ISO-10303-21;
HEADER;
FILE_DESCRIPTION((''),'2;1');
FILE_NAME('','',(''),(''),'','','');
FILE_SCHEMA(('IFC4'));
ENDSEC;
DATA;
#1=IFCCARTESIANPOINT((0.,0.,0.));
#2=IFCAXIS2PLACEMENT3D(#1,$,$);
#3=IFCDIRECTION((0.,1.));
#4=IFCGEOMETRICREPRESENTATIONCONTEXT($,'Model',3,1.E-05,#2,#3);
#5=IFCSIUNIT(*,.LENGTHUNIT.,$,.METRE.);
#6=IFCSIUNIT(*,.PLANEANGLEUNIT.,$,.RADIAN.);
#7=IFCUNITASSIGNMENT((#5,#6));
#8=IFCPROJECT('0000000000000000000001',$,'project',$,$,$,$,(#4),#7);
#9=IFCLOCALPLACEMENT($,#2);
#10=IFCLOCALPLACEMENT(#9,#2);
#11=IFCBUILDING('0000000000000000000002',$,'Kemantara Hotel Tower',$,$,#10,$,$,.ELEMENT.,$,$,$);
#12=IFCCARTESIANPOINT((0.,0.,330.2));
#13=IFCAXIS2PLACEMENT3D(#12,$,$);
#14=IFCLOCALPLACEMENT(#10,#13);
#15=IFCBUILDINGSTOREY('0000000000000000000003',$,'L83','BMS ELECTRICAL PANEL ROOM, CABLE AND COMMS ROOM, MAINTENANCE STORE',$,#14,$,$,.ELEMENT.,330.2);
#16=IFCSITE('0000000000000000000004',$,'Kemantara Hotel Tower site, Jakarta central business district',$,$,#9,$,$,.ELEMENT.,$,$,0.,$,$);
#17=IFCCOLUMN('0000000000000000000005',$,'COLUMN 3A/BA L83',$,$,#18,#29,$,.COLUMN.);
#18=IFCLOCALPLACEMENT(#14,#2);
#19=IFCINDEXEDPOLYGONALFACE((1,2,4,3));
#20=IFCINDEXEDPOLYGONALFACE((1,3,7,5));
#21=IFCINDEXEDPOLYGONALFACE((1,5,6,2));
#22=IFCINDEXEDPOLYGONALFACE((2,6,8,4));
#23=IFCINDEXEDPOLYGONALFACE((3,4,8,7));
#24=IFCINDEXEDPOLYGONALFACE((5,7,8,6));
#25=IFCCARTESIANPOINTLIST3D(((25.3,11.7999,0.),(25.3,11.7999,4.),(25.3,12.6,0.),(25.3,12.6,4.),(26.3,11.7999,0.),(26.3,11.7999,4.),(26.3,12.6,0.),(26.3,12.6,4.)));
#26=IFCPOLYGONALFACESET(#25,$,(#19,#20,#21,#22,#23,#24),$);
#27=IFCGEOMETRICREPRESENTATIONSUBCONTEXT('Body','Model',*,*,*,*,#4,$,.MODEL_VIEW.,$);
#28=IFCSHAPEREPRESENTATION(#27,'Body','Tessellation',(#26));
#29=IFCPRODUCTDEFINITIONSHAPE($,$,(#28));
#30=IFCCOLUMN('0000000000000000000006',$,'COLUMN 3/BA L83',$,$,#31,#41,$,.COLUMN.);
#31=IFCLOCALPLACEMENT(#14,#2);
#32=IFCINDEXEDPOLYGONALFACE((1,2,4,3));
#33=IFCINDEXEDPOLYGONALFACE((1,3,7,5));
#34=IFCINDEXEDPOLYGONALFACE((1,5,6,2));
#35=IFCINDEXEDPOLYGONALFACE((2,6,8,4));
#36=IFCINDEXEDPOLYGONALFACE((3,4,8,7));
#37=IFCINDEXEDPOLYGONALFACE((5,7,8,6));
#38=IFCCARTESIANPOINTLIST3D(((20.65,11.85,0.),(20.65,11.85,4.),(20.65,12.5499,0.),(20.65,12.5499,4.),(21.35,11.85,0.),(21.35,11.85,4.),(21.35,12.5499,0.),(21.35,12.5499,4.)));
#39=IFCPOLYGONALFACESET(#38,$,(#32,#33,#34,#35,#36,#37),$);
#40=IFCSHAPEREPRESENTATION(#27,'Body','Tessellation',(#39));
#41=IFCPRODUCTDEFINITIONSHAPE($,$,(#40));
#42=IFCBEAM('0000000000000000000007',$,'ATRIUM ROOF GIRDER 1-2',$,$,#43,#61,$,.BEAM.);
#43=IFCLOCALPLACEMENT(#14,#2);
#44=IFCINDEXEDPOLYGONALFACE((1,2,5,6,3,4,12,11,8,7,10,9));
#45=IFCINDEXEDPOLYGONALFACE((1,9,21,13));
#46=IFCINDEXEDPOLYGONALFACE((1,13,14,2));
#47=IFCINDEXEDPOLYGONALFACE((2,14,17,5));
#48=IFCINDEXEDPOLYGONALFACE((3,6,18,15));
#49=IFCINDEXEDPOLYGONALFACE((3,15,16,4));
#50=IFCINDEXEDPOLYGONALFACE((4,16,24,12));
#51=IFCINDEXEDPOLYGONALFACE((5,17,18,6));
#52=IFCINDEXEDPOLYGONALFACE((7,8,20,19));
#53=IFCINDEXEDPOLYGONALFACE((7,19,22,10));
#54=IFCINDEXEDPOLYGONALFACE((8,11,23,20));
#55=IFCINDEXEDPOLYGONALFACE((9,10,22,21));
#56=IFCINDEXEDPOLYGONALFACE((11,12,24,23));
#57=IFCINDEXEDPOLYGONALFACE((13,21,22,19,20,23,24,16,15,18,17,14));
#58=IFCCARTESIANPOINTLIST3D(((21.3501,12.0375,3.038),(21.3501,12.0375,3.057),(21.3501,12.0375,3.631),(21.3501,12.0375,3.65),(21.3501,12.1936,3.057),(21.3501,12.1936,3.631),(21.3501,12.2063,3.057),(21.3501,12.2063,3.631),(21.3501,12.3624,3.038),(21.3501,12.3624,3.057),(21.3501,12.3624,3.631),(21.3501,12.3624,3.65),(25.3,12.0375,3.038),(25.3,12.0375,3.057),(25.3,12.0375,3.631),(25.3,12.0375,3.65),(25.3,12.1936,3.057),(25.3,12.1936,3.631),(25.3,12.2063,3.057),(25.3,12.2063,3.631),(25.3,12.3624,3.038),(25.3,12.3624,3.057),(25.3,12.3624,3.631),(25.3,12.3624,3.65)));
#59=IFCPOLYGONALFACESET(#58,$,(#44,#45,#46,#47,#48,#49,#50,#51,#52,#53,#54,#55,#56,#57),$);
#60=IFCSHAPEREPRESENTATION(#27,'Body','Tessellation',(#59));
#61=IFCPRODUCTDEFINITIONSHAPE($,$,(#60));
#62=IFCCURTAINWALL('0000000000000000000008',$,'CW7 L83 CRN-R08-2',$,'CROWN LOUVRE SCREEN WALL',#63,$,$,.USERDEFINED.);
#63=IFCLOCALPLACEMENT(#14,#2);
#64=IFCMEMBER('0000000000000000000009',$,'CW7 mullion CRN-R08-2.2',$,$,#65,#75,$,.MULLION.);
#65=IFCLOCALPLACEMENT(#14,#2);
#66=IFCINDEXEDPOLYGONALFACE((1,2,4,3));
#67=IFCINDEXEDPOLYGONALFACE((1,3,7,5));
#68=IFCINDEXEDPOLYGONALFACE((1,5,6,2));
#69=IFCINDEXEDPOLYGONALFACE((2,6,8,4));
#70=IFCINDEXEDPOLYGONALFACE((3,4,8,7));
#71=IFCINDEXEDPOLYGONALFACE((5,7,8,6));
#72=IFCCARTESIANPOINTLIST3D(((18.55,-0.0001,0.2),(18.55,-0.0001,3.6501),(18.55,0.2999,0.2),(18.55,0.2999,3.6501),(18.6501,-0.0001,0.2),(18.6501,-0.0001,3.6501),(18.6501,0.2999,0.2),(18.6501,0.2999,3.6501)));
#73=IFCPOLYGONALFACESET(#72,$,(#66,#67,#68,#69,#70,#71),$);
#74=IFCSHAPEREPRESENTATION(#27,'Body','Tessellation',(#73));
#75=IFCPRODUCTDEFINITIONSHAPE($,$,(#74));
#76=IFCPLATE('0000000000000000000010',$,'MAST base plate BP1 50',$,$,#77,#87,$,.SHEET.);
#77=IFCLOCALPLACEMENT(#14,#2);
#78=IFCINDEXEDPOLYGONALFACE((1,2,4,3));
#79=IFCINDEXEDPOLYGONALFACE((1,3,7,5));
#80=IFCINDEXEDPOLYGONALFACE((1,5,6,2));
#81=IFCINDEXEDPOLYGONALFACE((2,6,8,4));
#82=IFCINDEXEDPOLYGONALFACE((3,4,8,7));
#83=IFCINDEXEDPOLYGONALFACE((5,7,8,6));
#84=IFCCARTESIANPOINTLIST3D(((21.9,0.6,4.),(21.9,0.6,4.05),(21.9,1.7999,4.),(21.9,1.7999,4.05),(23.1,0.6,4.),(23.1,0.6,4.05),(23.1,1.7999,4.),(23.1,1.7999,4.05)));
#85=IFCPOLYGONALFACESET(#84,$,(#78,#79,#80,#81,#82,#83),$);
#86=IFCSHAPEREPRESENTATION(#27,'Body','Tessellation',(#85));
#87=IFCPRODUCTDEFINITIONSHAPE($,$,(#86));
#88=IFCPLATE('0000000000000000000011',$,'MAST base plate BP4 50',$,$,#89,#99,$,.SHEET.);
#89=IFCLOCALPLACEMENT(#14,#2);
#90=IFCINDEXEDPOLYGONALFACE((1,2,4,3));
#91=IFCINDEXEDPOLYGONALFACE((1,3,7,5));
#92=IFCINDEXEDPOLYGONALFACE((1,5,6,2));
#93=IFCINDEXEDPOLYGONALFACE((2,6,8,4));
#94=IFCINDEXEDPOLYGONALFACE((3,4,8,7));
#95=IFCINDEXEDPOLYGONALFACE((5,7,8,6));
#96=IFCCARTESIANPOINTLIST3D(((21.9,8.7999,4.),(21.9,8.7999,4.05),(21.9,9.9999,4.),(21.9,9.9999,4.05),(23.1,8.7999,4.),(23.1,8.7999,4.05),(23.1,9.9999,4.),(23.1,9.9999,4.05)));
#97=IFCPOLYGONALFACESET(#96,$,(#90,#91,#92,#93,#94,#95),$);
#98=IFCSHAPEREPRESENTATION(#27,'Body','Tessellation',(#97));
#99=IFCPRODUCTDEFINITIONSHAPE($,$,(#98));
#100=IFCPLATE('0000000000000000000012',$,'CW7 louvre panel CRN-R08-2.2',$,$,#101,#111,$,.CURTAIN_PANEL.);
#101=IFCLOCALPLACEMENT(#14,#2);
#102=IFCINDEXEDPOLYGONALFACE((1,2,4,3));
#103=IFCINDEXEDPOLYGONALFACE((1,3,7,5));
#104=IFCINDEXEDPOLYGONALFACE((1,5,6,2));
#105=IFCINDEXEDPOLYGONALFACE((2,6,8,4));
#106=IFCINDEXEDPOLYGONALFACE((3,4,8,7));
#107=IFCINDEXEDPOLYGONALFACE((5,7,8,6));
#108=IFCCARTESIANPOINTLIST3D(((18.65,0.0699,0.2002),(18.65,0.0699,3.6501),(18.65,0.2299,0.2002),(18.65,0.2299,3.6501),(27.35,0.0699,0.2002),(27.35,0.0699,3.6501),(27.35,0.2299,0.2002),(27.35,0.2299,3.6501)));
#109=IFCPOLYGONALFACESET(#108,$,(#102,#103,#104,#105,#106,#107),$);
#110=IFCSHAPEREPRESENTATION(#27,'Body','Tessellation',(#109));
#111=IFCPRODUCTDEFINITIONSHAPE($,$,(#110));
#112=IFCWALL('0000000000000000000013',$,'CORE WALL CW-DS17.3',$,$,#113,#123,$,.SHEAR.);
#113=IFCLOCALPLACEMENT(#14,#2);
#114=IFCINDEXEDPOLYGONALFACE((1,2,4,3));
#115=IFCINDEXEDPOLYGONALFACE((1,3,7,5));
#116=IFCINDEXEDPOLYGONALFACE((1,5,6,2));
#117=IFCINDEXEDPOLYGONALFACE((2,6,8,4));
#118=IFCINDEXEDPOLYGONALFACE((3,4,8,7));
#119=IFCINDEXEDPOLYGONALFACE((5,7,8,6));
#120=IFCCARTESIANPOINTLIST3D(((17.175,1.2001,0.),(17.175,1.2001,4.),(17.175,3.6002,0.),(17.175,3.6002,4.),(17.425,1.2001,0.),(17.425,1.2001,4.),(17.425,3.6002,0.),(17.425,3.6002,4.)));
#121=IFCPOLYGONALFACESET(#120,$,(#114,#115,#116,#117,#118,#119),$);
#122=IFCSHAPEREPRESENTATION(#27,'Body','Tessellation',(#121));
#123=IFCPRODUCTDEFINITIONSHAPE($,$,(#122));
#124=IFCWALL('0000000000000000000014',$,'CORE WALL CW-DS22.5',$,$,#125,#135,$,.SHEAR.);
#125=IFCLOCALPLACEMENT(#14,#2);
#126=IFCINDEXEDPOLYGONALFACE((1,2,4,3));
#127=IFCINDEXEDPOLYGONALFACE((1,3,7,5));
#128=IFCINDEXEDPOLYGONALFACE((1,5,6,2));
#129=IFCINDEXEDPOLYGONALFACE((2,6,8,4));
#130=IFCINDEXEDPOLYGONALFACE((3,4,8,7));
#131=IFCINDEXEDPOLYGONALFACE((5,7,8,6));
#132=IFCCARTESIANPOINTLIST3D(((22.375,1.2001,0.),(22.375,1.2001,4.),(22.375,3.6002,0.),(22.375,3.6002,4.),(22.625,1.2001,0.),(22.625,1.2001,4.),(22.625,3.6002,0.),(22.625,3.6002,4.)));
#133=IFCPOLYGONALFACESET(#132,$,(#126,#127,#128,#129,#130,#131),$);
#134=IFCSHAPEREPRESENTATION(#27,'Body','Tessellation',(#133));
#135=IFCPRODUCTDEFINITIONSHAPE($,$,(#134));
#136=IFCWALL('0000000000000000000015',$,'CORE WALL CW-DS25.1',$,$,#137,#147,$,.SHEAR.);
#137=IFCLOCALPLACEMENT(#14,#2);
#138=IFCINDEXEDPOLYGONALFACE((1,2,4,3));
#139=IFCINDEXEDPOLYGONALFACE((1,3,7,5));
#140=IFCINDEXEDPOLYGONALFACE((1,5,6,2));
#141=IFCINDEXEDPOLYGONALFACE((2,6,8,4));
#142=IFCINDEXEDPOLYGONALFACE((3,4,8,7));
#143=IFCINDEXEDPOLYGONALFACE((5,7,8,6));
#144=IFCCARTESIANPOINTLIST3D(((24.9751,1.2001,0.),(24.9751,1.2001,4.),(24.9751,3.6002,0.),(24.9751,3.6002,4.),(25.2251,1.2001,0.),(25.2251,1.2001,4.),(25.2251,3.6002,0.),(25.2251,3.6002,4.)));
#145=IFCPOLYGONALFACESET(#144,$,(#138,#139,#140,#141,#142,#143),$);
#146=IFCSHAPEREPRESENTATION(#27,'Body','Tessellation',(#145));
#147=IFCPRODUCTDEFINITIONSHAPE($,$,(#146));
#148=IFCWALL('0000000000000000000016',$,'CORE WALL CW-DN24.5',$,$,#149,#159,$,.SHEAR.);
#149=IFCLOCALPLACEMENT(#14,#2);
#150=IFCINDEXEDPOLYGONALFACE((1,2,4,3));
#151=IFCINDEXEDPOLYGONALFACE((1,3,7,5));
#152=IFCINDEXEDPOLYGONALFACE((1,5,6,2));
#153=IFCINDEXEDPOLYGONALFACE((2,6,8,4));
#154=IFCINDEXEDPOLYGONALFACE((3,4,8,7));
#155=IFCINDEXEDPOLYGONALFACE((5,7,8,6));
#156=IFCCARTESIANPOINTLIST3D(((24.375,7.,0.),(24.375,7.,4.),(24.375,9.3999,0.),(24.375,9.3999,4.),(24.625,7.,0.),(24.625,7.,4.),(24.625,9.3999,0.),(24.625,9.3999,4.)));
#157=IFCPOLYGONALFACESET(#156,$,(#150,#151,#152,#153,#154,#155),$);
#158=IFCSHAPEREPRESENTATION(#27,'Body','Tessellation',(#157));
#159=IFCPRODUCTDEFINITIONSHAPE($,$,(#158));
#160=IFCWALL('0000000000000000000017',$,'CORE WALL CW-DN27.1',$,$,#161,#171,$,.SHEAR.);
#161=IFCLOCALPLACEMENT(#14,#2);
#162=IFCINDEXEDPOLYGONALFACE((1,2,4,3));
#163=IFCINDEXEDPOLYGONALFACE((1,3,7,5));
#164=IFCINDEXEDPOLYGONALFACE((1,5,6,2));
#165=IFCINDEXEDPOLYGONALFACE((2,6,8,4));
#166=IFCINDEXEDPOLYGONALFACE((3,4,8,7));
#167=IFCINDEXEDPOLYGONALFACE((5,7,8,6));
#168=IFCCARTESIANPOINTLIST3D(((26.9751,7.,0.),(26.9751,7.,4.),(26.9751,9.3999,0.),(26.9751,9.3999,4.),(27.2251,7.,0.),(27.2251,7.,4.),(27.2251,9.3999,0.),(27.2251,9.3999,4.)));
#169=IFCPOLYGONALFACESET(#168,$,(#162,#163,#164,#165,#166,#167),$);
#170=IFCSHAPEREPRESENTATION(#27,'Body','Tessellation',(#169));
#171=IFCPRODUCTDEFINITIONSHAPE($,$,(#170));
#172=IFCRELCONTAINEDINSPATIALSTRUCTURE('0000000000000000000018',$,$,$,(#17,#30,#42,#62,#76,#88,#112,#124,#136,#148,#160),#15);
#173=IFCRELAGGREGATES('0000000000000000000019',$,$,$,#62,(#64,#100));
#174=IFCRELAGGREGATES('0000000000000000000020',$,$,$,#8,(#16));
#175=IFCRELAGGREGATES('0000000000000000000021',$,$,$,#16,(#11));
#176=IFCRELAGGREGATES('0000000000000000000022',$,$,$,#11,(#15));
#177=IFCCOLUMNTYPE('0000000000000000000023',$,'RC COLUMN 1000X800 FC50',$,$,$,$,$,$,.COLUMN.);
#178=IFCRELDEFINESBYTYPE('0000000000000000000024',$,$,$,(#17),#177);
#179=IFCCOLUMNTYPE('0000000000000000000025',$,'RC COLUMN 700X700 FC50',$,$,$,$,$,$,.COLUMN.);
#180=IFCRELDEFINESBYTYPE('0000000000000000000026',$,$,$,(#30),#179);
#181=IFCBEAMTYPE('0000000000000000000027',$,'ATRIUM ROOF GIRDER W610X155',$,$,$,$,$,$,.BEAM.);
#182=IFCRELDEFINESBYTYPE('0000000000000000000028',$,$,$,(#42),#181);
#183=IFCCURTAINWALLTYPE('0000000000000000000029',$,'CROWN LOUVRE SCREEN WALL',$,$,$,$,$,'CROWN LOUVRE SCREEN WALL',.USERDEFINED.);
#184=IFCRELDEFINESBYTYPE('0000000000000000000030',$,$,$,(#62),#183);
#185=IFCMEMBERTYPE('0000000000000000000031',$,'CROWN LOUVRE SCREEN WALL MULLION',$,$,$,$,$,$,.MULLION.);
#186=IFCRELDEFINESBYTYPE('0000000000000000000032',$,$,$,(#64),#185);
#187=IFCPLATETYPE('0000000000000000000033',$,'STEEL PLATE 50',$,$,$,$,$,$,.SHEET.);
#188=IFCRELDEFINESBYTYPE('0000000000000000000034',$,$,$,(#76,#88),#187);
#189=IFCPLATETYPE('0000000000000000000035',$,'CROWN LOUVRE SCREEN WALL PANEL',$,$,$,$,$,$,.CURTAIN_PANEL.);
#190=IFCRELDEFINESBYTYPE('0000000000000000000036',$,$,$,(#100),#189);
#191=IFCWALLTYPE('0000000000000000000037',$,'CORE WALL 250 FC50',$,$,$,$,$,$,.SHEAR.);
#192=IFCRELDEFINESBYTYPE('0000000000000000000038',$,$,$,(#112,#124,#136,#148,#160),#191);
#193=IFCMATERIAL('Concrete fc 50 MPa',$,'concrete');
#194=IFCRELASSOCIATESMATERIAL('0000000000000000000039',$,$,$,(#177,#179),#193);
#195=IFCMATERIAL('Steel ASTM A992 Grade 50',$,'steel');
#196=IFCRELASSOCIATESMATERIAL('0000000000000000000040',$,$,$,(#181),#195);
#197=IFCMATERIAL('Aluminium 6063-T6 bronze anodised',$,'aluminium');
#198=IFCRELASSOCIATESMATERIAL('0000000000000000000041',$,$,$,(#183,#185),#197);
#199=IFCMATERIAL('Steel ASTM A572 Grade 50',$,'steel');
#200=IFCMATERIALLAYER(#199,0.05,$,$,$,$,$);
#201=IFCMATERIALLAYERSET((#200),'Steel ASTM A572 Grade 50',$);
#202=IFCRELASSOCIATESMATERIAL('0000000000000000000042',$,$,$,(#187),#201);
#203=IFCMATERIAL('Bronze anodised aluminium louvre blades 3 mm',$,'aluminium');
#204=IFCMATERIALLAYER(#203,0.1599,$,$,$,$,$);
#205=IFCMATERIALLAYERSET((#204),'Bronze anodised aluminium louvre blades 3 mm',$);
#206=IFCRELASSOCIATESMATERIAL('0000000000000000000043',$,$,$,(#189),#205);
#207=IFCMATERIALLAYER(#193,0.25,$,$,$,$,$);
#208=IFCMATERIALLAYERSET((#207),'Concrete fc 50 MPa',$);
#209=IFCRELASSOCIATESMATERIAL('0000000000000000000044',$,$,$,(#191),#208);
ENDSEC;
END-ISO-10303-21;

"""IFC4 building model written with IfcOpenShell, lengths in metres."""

from ifc_helpers import new_model, si_unit, direction, frame, frame_2d, origin, origin_2d, place, context, subcontext, project, spatial, rectangle, i_section, extrude, source, transform, mapped, material, layer, layer_set, material_profile, profile_set, type_object, element, aggregate, save


model = new_model("IFC4")

# Units and contexts
model_context = context("Model", 3, precision=1e-05, world=origin(), true_north=direction((0.0, 1.0)))
body_context = subcontext(model_context, "Body", "Model", "MODEL_VIEW")
ifc_project = project(units=[si_unit("LENGTHUNIT", "METRE"), si_unit("PLANEANGLEUNIT", "RADIAN")], contexts=[model_context])

# Site, building, storey
site_placement = place(None, origin())
site = spatial("IfcSite", under=ifc_project, at=site_placement, Name="Kemantara Hotel Tower site, Jakarta central business district", CompositionType="ELEMENT", RefElevation=0.0)
building_placement = place(site_placement, origin())
building = spatial("IfcBuilding", under=site, at=building_placement, Name="Kemantara Hotel Tower", CompositionType="ELEMENT")
storey_placement = place(building_placement, frame((0.0, 0.0, 330.2)))
storey = spatial("IfcBuildingStorey", under=building, at=storey_placement, Name="L83", Description="BMS ELECTRICAL PANEL ROOM, CABLE AND COMMS ROOM, MAINTENANCE STORE", CompositionType="ELEMENT", Elevation=330.2)

# Columns
ifc_material_1 = material(Name="Concrete fc 50 MPa", Category="concrete")
ifc_material_profile_1 = material_profile(ifc_material_1, rectangle(XDim=1.0, YDim=0.8, at=origin_2d()), Name="RC 1000X800")
ifc_profile_set_1 = profile_set([ifc_material_profile_1], Name="Concrete fc 50 MPa")
column_type_1 = type_object("IfcColumnType", Name="RC COLUMN 1000X800 FC50", PredefinedType="COLUMN", material=ifc_profile_set_1)
column_1_placement = place(storey_placement, frame((25.8, 12.2, 0.0), z_axis=(0.0, 0.0, 1.0), x_axis=(1.0, 0.0, 0.0)))
element("IfcColumn", 1, at=column_1_placement, inside=storey, type_object=column_type_1, Name="COLUMN 3A/BA L83", PredefinedType="COLUMN", context=body_context, shape_type="SweptSolid", body=[
    extrude(rectangle(XDim=1.0, YDim=0.8, at=origin_2d()), origin(), (0.0, 0.0, 1.0), 4.0),
])
ifc_material_profile_2 = material_profile(ifc_material_1, rectangle(XDim=0.7, YDim=0.7, at=origin_2d()), Name="RC 700X700")
ifc_profile_set_2 = profile_set([ifc_material_profile_2], Name="Concrete fc 50 MPa")
column_type_2 = type_object("IfcColumnType", Name="RC COLUMN 700X700 FC50", PredefinedType="COLUMN", material=ifc_profile_set_2)
column_2_placement = place(storey_placement, frame((21.0, 12.2, 0.0), z_axis=(0.0, 0.0, 1.0), x_axis=(1.0, 0.0, 0.0)))
element("IfcColumn", 2, at=column_2_placement, inside=storey, type_object=column_type_2, Name="COLUMN 3/BA L83", PredefinedType="COLUMN", context=body_context, shape_type="SweptSolid", body=[
    extrude(rectangle(XDim=0.7, YDim=0.7, at=origin_2d()), origin(), (0.0, 0.0, 1.0), 4.0),
])

# Beam
ifc_material_2 = material(Name="Steel ASTM A992 Grade 50", Category="steel")
ifc_material_profile_3 = material_profile(ifc_material_2, i_section(OverallWidth=0.325, OverallDepth=0.6121, WebThickness=0.0127, FlangeThickness=0.019, at=origin_2d()), Name="W610X155")
ifc_profile_set_3 = profile_set([ifc_material_profile_3], Name="Steel ASTM A992 Grade 50")
beam_type = type_object("IfcBeamType", Name="ATRIUM ROOF GIRDER W610X155", PredefinedType="BEAM", material=ifc_profile_set_3)
beam_placement = place(storey_placement, frame((21.3501, 12.2, 3.344), z_axis=(1.0, 0.0, 0.0), x_axis=(0.0, 1.0, 0.0)))
element("IfcBeam", 3, at=beam_placement, inside=storey, type_object=beam_type, Name="ATRIUM ROOF GIRDER 1-2", PredefinedType="BEAM", context=body_context, shape_type="SweptSolid", body=[
    extrude(i_section(OverallWidth=0.325, OverallDepth=0.6121, WebThickness=0.0127, FlangeThickness=0.019, at=origin_2d()), origin(), (0.0, 0.0, 1.0), 3.95),
])

# Curtain wall, member
ifc_material_3 = material(Name="Aluminium 6063-T6 bronze anodised", Category="aluminium")
curtain_wall_type = type_object("IfcCurtainWallType", Name="CROWN LOUVRE SCREEN WALL", ElementType="CROWN LOUVRE SCREEN WALL", PredefinedType="USERDEFINED", material=ifc_material_3)
curtain_wall_placement = place(storey_placement, origin())
curtain_wall = element("IfcCurtainWall", 4, at=curtain_wall_placement, inside=storey, type_object=curtain_wall_type, Name="CW7 L83 CRN-R08-2", ObjectType="CROWN LOUVRE SCREEN WALL", PredefinedType="USERDEFINED")
ifc_material_profile_4 = material_profile(ifc_material_3, rectangle(XDim=0.3, YDim=0.1001, at=origin_2d()), Name="CROWN LOUVRE SCREEN WALL MULLION")
ifc_profile_set_4 = profile_set([ifc_material_profile_4], Name="Aluminium 6063-T6 bronze anodised")
member_type = type_object("IfcMemberType", Name="CROWN LOUVRE SCREEN WALL MULLION", PredefinedType="MULLION", material=ifc_profile_set_4)
shared_shape_1 = source(origin(), body_context, "Body", "SweptSolid", [
    extrude(rectangle(XDim=0.3, YDim=0.1001, at=origin_2d()), origin(), (0.0, 0.0, 1.0), 3.4502),
])
member_placement = place(storey_placement, frame((18.6001, 0.1499, 0.2), z_axis=(0.0, 0.0, 1.0), x_axis=(0.0, 1.0, 0.0)))
member = element("IfcMember", 5, at=member_placement, type_object=member_type, Name="CW7 mullion CRN-R08-2.2", PredefinedType="MULLION", context=body_context, shape_type="MappedRepresentation", body=[
    mapped(shared_shape_1, transform((0.0, 0.0, 0.0))),
])

# Plates
ifc_material_4 = material(Name="Steel ASTM A572 Grade 50", Category="steel")
ifc_layer_1 = layer(ifc_material_4, 0.05)
ifc_layer_set_1 = layer_set([ifc_layer_1], Name="Steel ASTM A572 Grade 50")
plate_type_1 = type_object("IfcPlateType", Name="STEEL PLATE 50", PredefinedType="SHEET", material=ifc_layer_set_1)
shared_shape_2 = source(origin(), body_context, "Body", "SweptSolid", [
    extrude(rectangle(XDim=1.2, YDim=1.2, at=origin_2d()), origin(), (0.0, 0.0, 1.0), 0.05),
])
for number, where, z_axis, x_axis, name in (
    (6, (22.5, 1.2, 4.0), (0.0, 0.0, 1.0), (1.0, 0.0, 0.0), "MAST base plate BP1 50"),
    (7, (22.5, 9.3999, 4.0), (0.0, 0.0, 1.0), (1.0, 0.0, 0.0), "MAST base plate BP4 50"),
):
    element("IfcPlate", number, at=place(storey_placement, frame(where, z_axis=z_axis, x_axis=x_axis)), inside=storey, type_object=plate_type_1, Name=name, PredefinedType="SHEET", context=body_context, shape_type="MappedRepresentation", body=[
        mapped(shared_shape_2, transform((0.0, 0.0, 0.0))),
    ])

# Plate
ifc_material_5 = material(Name="Bronze anodised aluminium louvre blades 3 mm", Category="aluminium")
ifc_layer_2 = layer(ifc_material_5, 0.1599)
ifc_layer_set_2 = layer_set([ifc_layer_2], Name="Bronze anodised aluminium louvre blades 3 mm")
plate_type_2 = type_object("IfcPlateType", Name="CROWN LOUVRE SCREEN WALL PANEL", PredefinedType="CURTAIN_PANEL", material=ifc_layer_set_2)
shared_shape_3 = source(origin(), body_context, "Body", "SweptSolid", [
    extrude(rectangle(XDim=8.7, YDim=0.1599, at=origin_2d()), origin(), (0.0, 0.0, 1.0), 3.45),
])
plate_placement = place(storey_placement, frame((23.0, 0.1499, 0.2002), z_axis=(0.0, 0.0, 1.0), x_axis=(1.0, 0.0, 0.0)))
plate = element("IfcPlate", 8, at=plate_placement, type_object=plate_type_2, Name="CW7 louvre panel CRN-R08-2.2", PredefinedType="CURTAIN_PANEL", context=body_context, shape_type="MappedRepresentation", body=[
    mapped(shared_shape_3, transform((0.0, 0.0, 0.0))),
])
aggregate(curtain_wall, [member, plate])

# Walls
ifc_layer_3 = layer(ifc_material_1, 0.25)
ifc_layer_set_3 = layer_set([ifc_layer_3], Name="Concrete fc 50 MPa")
wall_type_1 = type_object("IfcWallType", Name="CORE WALL 250 FC50", PredefinedType="SHEAR", material=ifc_layer_set_3)
for number, where, z_axis, x_axis, name in (
    (9, (17.3, 1.2, 0.0), (0.0, 0.0, 1.0), (0.0, 1.0, 0.0), "CORE WALL CW-DS17.3"),
    (10, (22.5, 1.2, 0.0), (0.0, 0.0, 1.0), (0.0, 1.0, 0.0), "CORE WALL CW-DS22.5"),
    (11, (25.1001, 1.2, 0.0), (0.0, 0.0, 1.0), (0.0, 1.0, 0.0), "CORE WALL CW-DS25.1"),
):
    element("IfcWall", number, at=place(storey_placement, frame(where, z_axis=z_axis, x_axis=x_axis)), inside=storey, type_object=wall_type_1, Name=name, PredefinedType="SHEAR", context=body_context, shape_type="SweptSolid", body=[
        extrude(rectangle(XDim=2.4001, YDim=0.25, at=frame_2d((1.2002, 0.0))), origin(), (0.0, 0.0, 1.0), 4.0),
    ])
for number, where, z_axis, x_axis, name in (
    (12, (24.5, 7.0, 0.0), (0.0, 0.0, 1.0), (0.0, 1.0, 0.0), "CORE WALL CW-DN24.5"),
    (13, (27.1001, 7.0, 0.0), (0.0, 0.0, 1.0), (0.0, 1.0, 0.0), "CORE WALL CW-DN27.1"),
):
    element("IfcWall", number, at=place(storey_placement, frame(where, z_axis=z_axis, x_axis=x_axis)), inside=storey, type_object=wall_type_1, Name=name, PredefinedType="SHEAR", context=body_context, shape_type="SweptSolid", body=[
        extrude(rectangle(XDim=2.3999, YDim=0.25, at=frame_2d((1.2, 0.0))), origin(), (0.0, 0.0, 1.0), 4.0),
    ])

save(model, "model.ifc")
